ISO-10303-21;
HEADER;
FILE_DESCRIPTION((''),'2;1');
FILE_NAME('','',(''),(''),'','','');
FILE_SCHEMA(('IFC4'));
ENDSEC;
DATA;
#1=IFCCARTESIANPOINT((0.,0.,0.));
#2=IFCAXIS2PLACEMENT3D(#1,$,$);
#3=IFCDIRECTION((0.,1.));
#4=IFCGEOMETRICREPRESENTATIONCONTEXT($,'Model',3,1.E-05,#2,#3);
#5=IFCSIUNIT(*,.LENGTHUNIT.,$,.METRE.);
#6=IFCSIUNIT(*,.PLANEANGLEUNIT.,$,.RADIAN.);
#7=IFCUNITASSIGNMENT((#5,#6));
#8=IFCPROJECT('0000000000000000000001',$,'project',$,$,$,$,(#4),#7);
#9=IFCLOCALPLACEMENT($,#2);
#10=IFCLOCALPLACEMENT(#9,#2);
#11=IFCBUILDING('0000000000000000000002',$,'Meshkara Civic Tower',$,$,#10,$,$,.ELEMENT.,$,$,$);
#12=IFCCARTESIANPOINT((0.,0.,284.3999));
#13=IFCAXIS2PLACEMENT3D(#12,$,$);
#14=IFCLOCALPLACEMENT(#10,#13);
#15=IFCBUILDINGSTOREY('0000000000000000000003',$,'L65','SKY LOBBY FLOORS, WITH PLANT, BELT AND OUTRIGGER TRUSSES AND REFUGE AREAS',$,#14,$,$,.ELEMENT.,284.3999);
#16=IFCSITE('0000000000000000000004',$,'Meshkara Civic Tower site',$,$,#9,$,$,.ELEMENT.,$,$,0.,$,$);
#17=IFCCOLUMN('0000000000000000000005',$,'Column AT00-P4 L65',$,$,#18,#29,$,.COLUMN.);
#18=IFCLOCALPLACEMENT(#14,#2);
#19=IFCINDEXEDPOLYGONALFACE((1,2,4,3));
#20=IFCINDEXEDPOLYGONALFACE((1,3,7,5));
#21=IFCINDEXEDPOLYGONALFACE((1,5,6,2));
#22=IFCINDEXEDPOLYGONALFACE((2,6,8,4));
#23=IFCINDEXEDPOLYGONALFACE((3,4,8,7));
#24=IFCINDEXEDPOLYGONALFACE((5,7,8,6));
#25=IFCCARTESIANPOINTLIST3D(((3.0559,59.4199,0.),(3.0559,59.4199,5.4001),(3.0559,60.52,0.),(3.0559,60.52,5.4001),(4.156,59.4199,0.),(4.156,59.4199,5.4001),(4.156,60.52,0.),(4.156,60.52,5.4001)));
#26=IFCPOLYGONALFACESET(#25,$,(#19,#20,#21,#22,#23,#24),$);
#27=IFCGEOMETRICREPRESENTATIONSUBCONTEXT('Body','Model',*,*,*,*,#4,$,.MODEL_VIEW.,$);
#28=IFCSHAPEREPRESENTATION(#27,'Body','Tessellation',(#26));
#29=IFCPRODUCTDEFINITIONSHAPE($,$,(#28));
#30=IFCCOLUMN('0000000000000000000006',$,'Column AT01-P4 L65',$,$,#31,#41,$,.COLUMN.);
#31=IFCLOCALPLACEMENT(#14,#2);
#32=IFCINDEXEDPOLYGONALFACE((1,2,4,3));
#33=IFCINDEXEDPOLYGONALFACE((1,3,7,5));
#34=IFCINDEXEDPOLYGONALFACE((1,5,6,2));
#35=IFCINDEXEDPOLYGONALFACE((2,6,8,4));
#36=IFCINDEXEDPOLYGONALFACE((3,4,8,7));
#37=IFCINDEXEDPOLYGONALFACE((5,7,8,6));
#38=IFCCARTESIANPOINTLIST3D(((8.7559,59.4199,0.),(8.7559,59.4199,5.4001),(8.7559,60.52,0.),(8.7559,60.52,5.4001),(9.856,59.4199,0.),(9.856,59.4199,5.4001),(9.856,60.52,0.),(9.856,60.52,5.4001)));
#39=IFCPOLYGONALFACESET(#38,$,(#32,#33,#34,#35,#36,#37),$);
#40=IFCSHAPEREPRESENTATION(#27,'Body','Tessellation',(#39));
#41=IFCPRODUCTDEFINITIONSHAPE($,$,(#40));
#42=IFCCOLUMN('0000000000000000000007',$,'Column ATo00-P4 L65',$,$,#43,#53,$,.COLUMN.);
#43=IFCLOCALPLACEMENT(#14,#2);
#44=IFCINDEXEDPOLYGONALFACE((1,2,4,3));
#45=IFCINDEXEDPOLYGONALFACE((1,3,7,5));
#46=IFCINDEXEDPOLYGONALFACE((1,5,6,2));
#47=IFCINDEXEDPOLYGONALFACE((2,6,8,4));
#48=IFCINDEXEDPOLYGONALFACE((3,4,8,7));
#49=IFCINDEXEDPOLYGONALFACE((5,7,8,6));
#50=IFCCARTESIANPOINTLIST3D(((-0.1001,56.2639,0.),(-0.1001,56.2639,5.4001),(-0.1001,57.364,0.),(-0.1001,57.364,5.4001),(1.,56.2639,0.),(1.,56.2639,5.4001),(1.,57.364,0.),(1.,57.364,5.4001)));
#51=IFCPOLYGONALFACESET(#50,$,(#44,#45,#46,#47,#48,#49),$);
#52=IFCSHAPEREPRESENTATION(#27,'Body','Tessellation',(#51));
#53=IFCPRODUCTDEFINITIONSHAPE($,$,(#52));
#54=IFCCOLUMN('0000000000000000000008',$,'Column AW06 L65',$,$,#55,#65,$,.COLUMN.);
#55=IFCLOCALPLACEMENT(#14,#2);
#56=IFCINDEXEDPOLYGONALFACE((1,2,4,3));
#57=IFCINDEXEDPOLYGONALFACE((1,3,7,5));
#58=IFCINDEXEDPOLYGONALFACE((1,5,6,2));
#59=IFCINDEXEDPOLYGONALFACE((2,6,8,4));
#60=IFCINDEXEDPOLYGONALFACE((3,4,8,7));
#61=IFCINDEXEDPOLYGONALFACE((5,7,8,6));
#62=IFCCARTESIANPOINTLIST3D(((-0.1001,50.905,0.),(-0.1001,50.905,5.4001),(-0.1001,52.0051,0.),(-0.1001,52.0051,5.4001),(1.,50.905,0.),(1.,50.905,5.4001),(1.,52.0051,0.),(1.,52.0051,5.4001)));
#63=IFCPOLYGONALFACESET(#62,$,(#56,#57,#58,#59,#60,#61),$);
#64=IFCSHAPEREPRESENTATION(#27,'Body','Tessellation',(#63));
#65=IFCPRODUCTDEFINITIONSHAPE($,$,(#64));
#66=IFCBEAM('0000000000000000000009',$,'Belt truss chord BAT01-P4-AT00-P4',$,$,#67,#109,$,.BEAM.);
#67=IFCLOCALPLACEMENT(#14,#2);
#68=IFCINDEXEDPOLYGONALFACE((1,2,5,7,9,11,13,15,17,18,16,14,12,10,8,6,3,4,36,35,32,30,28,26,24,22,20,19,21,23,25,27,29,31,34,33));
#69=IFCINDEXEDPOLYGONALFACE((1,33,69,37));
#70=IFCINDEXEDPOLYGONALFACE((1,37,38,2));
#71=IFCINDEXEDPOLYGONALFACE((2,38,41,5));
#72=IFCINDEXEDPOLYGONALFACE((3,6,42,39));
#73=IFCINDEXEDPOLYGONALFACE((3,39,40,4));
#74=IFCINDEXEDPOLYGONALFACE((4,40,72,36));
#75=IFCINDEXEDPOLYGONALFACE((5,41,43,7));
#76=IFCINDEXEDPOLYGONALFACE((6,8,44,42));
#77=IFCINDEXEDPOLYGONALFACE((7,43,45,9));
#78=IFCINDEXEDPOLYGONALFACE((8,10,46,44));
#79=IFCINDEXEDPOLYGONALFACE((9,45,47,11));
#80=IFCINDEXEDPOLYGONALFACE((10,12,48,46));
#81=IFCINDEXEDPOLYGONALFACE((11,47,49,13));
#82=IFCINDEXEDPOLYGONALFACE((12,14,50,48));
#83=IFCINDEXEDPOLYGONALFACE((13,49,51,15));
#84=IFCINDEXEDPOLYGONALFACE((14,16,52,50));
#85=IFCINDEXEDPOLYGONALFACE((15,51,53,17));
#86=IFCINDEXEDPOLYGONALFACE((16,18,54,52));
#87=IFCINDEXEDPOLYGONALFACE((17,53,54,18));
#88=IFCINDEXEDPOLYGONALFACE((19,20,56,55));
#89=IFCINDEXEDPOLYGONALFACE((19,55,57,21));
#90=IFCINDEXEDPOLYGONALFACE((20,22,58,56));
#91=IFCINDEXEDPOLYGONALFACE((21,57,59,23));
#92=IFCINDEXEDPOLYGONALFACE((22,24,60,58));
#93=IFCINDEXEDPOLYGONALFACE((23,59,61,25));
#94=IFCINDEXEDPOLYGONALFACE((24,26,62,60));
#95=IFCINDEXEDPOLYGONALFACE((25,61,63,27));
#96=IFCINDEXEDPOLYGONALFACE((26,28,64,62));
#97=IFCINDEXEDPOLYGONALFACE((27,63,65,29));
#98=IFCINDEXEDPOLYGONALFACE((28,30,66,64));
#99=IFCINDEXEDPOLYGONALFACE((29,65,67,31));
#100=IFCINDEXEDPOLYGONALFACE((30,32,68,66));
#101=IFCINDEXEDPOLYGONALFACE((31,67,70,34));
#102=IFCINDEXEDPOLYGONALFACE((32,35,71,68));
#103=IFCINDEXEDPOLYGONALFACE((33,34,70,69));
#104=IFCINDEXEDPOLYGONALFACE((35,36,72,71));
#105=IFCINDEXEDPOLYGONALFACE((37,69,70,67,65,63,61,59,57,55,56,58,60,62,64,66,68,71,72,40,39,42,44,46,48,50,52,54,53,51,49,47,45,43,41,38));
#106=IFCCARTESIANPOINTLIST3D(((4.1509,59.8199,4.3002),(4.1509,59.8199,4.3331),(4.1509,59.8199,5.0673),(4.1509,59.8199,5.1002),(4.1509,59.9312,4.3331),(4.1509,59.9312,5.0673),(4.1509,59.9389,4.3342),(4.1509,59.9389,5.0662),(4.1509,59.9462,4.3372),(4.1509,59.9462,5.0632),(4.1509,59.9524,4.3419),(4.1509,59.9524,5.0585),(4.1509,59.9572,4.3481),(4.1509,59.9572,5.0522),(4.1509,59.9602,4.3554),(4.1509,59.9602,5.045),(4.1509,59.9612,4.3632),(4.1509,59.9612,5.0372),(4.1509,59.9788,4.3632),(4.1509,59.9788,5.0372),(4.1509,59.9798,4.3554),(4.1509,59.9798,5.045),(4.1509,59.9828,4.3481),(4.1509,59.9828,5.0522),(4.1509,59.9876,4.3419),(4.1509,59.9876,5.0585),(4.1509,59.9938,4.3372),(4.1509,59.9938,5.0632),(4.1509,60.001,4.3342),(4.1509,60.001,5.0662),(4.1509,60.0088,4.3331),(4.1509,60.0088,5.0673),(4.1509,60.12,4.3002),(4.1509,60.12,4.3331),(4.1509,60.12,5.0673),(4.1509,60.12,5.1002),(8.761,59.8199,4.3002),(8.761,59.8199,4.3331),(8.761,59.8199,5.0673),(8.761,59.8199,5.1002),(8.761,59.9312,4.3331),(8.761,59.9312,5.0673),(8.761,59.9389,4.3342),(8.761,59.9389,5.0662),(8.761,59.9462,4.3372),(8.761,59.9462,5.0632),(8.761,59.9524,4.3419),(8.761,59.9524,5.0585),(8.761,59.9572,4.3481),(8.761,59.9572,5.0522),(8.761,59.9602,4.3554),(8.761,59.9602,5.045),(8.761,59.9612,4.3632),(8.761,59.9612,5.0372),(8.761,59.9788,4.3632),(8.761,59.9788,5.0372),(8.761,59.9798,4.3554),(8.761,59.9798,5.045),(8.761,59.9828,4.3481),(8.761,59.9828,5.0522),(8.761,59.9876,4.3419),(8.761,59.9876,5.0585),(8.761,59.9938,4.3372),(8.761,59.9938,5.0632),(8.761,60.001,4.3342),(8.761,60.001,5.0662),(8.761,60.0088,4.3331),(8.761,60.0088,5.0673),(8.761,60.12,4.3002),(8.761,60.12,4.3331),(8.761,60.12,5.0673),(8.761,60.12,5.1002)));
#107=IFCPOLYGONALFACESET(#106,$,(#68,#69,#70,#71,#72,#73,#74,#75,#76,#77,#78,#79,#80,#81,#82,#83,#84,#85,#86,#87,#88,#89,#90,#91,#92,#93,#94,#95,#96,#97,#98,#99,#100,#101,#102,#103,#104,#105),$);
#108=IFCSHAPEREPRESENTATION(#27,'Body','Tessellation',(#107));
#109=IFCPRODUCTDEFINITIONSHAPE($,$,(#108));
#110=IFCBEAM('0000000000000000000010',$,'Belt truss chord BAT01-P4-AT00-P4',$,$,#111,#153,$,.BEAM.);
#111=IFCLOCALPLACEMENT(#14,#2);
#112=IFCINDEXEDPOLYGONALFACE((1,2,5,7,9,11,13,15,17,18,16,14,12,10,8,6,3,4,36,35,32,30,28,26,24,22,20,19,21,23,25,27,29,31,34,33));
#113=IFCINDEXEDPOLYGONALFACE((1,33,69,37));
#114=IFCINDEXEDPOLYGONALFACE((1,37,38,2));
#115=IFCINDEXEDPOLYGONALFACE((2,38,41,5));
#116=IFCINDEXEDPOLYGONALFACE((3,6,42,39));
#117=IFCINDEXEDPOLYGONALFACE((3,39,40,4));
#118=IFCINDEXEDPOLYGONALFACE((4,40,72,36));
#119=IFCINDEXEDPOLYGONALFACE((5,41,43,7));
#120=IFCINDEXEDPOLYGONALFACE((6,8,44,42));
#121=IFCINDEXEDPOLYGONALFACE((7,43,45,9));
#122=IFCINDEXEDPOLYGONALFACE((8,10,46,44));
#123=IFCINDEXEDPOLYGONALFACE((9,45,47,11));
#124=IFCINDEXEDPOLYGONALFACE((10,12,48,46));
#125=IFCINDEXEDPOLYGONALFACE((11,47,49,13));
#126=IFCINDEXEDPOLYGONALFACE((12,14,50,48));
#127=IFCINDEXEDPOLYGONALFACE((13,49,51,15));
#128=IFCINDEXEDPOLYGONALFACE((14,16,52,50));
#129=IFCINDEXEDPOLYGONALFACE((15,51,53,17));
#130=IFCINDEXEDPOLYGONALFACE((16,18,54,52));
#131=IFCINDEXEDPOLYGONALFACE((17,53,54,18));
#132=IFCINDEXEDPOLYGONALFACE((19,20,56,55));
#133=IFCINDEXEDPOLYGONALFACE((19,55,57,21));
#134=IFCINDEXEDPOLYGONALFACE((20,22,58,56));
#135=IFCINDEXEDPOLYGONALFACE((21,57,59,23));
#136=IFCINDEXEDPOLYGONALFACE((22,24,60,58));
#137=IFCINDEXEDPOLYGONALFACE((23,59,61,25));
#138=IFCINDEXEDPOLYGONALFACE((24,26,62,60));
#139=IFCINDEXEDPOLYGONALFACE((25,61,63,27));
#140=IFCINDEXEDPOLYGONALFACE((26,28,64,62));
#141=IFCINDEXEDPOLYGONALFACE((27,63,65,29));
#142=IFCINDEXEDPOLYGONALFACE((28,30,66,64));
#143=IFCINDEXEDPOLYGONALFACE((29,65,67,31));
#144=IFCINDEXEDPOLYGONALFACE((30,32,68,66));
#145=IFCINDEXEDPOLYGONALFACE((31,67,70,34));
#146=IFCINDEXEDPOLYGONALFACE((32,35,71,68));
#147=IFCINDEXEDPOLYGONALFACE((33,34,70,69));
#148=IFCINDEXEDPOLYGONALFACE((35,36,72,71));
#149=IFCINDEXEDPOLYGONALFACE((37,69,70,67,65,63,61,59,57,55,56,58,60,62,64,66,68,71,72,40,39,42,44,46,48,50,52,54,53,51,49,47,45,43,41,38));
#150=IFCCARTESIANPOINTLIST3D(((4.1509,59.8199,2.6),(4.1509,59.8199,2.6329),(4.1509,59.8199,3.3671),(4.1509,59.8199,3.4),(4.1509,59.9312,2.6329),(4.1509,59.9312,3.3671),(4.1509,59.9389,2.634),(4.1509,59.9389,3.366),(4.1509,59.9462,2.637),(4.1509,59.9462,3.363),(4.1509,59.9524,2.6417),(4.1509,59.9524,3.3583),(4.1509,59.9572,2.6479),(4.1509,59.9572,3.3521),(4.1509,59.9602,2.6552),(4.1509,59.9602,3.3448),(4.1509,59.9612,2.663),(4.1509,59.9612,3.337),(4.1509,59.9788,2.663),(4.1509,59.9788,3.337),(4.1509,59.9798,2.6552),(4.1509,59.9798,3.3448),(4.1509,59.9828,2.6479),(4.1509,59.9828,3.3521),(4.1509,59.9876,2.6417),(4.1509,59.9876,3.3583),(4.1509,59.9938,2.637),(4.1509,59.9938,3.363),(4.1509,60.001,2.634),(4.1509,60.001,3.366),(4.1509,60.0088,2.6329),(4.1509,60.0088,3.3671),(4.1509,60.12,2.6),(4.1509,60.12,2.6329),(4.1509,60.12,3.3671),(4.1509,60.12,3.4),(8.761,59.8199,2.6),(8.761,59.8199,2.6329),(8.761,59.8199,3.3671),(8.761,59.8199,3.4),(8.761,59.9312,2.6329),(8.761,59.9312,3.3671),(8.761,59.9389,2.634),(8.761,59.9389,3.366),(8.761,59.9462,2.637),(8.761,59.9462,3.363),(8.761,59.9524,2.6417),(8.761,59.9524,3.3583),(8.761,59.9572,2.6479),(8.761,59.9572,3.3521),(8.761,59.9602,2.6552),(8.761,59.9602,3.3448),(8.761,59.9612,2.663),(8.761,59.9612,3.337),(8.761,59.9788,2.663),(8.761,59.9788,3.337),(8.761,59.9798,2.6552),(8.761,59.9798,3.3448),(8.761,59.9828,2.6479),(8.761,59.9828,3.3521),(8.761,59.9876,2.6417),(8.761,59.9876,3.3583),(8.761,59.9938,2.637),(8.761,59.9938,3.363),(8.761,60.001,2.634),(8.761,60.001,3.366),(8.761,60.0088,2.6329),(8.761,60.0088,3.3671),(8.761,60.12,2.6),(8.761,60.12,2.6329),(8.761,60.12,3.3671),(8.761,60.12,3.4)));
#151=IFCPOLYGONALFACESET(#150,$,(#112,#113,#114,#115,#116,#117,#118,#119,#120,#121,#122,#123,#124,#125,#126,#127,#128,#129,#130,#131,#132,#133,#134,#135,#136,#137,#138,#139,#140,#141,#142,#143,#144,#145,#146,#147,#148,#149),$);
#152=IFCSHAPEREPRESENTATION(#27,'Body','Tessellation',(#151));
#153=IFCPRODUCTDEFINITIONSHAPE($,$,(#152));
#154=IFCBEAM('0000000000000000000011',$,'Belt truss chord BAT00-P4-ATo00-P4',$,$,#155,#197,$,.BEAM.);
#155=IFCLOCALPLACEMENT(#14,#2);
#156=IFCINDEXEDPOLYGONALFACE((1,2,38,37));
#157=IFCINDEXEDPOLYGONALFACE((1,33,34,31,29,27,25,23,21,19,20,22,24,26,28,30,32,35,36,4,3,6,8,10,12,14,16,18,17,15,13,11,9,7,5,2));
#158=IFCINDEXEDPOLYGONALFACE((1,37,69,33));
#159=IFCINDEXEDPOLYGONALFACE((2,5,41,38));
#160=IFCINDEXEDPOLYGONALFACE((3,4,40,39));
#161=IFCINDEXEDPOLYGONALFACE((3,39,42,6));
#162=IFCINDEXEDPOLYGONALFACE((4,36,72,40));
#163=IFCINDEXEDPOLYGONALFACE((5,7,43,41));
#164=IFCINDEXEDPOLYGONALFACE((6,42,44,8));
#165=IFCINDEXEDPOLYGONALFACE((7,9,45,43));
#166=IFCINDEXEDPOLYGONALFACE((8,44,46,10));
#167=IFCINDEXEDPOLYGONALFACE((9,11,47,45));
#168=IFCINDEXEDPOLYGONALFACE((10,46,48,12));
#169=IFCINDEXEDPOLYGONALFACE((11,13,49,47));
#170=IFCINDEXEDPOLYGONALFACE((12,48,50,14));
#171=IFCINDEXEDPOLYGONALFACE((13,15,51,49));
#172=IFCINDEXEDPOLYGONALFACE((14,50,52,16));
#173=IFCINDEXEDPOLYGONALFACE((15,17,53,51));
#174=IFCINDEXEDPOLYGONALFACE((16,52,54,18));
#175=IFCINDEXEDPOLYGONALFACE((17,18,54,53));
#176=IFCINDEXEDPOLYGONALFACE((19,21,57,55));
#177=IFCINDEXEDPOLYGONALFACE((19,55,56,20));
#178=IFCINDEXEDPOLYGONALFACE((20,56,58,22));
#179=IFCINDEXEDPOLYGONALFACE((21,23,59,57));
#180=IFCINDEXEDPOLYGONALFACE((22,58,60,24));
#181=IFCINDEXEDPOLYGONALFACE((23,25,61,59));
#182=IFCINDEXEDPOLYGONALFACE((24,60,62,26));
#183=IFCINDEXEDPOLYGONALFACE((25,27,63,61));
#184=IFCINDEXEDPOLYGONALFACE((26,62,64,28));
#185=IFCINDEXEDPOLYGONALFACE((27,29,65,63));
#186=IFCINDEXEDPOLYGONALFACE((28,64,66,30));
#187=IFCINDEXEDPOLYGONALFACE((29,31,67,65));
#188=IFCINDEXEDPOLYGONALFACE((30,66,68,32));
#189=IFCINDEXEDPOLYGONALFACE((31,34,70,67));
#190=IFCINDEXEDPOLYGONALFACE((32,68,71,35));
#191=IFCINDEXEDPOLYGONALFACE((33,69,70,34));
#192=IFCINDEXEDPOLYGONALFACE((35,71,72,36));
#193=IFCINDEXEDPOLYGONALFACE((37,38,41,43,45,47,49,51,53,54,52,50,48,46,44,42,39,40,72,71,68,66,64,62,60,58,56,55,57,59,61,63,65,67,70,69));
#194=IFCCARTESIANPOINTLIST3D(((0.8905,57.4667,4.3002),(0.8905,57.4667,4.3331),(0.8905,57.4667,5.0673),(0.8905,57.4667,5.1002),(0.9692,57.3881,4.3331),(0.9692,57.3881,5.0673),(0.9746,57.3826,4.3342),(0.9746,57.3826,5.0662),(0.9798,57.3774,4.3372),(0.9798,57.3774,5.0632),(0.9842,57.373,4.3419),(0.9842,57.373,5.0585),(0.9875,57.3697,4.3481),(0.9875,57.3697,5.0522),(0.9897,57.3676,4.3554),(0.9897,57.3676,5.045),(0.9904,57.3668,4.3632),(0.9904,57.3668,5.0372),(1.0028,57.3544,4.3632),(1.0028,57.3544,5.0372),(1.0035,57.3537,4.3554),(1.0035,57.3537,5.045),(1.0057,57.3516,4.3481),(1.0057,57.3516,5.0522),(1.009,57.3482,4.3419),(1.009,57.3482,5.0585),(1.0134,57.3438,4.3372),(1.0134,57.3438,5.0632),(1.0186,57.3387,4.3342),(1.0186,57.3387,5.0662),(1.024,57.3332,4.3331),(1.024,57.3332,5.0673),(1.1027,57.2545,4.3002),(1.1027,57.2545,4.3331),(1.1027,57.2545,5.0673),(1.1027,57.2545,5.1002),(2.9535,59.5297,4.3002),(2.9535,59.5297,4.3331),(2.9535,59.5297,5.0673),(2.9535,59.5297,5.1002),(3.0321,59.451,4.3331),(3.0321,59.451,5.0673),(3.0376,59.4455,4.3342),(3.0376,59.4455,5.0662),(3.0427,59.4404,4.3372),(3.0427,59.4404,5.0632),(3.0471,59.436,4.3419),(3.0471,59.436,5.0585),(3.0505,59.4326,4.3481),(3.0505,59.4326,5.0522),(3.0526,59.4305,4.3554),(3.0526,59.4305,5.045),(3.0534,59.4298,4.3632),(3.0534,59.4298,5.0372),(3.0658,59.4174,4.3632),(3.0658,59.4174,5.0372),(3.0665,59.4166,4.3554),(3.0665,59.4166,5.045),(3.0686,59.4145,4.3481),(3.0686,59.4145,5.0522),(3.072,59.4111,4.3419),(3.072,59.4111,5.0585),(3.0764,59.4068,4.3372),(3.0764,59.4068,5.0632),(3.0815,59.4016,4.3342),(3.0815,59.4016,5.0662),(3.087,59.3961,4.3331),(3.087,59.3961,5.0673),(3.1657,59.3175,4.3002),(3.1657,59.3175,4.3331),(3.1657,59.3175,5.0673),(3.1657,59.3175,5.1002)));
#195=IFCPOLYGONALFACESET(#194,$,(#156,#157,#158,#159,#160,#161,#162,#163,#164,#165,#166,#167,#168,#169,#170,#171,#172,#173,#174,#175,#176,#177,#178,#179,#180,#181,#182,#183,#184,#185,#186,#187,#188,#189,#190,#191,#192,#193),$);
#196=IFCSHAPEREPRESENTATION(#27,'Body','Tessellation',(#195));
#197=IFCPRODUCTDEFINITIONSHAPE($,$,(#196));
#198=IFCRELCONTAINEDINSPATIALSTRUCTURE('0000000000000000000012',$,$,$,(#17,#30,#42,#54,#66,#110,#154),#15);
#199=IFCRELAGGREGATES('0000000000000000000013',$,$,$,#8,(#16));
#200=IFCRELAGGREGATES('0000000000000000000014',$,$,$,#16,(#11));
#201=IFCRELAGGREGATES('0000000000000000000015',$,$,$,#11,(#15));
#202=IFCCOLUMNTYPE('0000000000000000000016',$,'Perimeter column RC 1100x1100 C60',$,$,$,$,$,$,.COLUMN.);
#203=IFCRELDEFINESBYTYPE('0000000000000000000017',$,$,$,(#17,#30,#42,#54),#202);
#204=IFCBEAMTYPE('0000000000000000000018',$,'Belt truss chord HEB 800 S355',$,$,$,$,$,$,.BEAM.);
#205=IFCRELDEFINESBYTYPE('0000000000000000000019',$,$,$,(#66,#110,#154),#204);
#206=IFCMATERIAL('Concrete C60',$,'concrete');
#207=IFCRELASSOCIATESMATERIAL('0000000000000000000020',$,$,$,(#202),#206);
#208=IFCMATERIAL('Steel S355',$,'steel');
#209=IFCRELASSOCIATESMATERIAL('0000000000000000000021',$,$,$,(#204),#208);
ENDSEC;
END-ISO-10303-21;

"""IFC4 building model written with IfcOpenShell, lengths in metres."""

from ifc_helpers import new_model, si_unit, direction, frame, origin, origin_2d, place, context, subcontext, project, spatial, rectangle, i_section, extrude, material, material_profile, profile_set, type_object, element, save


model = new_model("IFC4")

# Units and contexts
model_context = context("Model", 3, precision=1e-05, world=origin(), true_north=direction((0.0, 1.0)))
body_context = subcontext(model_context, "Body", "Model", "MODEL_VIEW")
ifc_project = project(units=[si_unit("LENGTHUNIT", "METRE"), si_unit("PLANEANGLEUNIT", "RADIAN")], contexts=[model_context])

# Site, building, storey
site_placement = place(None, origin())
site = spatial("IfcSite", under=ifc_project, at=site_placement, Name="Meshkara Civic Tower site", CompositionType="ELEMENT", RefElevation=0.0)
building_placement = place(site_placement, origin())
building = spatial("IfcBuilding", under=site, at=building_placement, Name="Meshkara Civic Tower", CompositionType="ELEMENT")
storey_placement = place(building_placement, frame((0.0, 0.0, 284.3999)))
storey = spatial("IfcBuildingStorey", under=building, at=storey_placement, Name="L65", Description="SKY LOBBY FLOORS, WITH PLANT, BELT AND OUTRIGGER TRUSSES AND REFUGE AREAS", CompositionType="ELEMENT", Elevation=284.3999)

# Columns
ifc_material_1 = material(Name="Concrete C60", Category="concrete")
ifc_material_profile_1 = material_profile(ifc_material_1, rectangle(XDim=1.1001, YDim=1.1001, at=origin_2d()))
ifc_profile_set_1 = profile_set([ifc_material_profile_1], Name="Concrete C60")
column_type = type_object("IfcColumnType", Name="Perimeter column RC 1100x1100 C60", PredefinedType="COLUMN", material=ifc_profile_set_1)
for number, where, z_axis, x_axis, name in (
    (1, (3.606, 59.97, 0.0), (0.0, 0.0, 1.0), (1.0, 0.0, 0.0), "Column AT00-P4 L65"),
    (2, (9.3059, 59.97, 0.0), (0.0, 0.0, 1.0), (1.0, 0.0, 0.0), "Column AT01-P4 L65"),
    (3, (0.45, 56.814, 0.0), (0.0, 0.0, 1.0), (1.0, 0.0, 0.0), "Column ATo00-P4 L65"),
    (4, (0.45, 51.4551, 0.0), (0.0, 0.0, 1.0), (1.0, 0.0, 0.0), "Column AW06 L65"),
):
    element("IfcColumn", number, at=place(storey_placement, frame(where, z_axis=z_axis, x_axis=x_axis)), inside=storey, type_object=column_type, Name=name, PredefinedType="COLUMN", context=body_context, shape_type="SweptSolid", body=[
        extrude(rectangle(XDim=1.1001, YDim=1.1001, at=origin_2d()), origin(), (0.0, 0.0, 1.0), 5.4001),
    ])

# Beams
ifc_material_2 = material(Name="Steel S355", Category="steel")
ifc_material_profile_2 = material_profile(ifc_material_2, i_section(OverallWidth=0.3, OverallDepth=0.8, WebThickness=0.0176, FlangeThickness=0.033, FilletRadius=0.03, at=origin_2d()))
ifc_profile_set_2 = profile_set([ifc_material_profile_2], Name="Steel S355")
beam_type = type_object("IfcBeamType", Name="Belt truss chord HEB 800 S355", PredefinedType="BEAM", material=ifc_profile_set_2)
for number, where, z_axis, x_axis, name in (
    (5, (8.761, 59.97, 4.7002), (-1.0, 0.0, 0.0), (0.0, -1.0, 0.0), "Belt truss chord BAT01-P4-AT00-P4"),
    (6, (8.761, 59.97, 3.0), (-1.0, 0.0, 0.0), (0.0, -1.0, 0.0), "Belt truss chord BAT01-P4-AT00-P4"),
):
    element("IfcBeam", number, at=place(storey_placement, frame(where, z_axis=z_axis, x_axis=x_axis)), inside=storey, type_object=beam_type, Name=name, PredefinedType="BEAM", context=body_context, shape_type="SweptSolid", body=[
        extrude(i_section(OverallWidth=0.3, OverallDepth=0.8, WebThickness=0.0176, FlangeThickness=0.033, FilletRadius=0.03, at=origin_2d()), origin(), (0.0, 0.0, 1.0), 4.6101),
    ])
for number, where, z_axis, x_axis, name in (
    (7, (3.0596, 59.4236, 4.7002), (-0.707107, -0.707107, 0.0), (0.707107, -0.707107, 0.0), "Belt truss chord BAT00-P4-ATo00-P4"),
):
    element("IfcBeam", number, at=place(storey_placement, frame(where, z_axis=z_axis, x_axis=x_axis)), inside=storey, type_object=beam_type, Name=name, PredefinedType="BEAM", context=body_context, shape_type="SweptSolid", body=[
        extrude(i_section(OverallWidth=0.3, OverallDepth=0.8, WebThickness=0.0176, FlangeThickness=0.033, FilletRadius=0.03, at=origin_2d()), origin(), (0.0, 0.0, 1.0), 2.9175),
    ])

save(model, "model.ifc")
